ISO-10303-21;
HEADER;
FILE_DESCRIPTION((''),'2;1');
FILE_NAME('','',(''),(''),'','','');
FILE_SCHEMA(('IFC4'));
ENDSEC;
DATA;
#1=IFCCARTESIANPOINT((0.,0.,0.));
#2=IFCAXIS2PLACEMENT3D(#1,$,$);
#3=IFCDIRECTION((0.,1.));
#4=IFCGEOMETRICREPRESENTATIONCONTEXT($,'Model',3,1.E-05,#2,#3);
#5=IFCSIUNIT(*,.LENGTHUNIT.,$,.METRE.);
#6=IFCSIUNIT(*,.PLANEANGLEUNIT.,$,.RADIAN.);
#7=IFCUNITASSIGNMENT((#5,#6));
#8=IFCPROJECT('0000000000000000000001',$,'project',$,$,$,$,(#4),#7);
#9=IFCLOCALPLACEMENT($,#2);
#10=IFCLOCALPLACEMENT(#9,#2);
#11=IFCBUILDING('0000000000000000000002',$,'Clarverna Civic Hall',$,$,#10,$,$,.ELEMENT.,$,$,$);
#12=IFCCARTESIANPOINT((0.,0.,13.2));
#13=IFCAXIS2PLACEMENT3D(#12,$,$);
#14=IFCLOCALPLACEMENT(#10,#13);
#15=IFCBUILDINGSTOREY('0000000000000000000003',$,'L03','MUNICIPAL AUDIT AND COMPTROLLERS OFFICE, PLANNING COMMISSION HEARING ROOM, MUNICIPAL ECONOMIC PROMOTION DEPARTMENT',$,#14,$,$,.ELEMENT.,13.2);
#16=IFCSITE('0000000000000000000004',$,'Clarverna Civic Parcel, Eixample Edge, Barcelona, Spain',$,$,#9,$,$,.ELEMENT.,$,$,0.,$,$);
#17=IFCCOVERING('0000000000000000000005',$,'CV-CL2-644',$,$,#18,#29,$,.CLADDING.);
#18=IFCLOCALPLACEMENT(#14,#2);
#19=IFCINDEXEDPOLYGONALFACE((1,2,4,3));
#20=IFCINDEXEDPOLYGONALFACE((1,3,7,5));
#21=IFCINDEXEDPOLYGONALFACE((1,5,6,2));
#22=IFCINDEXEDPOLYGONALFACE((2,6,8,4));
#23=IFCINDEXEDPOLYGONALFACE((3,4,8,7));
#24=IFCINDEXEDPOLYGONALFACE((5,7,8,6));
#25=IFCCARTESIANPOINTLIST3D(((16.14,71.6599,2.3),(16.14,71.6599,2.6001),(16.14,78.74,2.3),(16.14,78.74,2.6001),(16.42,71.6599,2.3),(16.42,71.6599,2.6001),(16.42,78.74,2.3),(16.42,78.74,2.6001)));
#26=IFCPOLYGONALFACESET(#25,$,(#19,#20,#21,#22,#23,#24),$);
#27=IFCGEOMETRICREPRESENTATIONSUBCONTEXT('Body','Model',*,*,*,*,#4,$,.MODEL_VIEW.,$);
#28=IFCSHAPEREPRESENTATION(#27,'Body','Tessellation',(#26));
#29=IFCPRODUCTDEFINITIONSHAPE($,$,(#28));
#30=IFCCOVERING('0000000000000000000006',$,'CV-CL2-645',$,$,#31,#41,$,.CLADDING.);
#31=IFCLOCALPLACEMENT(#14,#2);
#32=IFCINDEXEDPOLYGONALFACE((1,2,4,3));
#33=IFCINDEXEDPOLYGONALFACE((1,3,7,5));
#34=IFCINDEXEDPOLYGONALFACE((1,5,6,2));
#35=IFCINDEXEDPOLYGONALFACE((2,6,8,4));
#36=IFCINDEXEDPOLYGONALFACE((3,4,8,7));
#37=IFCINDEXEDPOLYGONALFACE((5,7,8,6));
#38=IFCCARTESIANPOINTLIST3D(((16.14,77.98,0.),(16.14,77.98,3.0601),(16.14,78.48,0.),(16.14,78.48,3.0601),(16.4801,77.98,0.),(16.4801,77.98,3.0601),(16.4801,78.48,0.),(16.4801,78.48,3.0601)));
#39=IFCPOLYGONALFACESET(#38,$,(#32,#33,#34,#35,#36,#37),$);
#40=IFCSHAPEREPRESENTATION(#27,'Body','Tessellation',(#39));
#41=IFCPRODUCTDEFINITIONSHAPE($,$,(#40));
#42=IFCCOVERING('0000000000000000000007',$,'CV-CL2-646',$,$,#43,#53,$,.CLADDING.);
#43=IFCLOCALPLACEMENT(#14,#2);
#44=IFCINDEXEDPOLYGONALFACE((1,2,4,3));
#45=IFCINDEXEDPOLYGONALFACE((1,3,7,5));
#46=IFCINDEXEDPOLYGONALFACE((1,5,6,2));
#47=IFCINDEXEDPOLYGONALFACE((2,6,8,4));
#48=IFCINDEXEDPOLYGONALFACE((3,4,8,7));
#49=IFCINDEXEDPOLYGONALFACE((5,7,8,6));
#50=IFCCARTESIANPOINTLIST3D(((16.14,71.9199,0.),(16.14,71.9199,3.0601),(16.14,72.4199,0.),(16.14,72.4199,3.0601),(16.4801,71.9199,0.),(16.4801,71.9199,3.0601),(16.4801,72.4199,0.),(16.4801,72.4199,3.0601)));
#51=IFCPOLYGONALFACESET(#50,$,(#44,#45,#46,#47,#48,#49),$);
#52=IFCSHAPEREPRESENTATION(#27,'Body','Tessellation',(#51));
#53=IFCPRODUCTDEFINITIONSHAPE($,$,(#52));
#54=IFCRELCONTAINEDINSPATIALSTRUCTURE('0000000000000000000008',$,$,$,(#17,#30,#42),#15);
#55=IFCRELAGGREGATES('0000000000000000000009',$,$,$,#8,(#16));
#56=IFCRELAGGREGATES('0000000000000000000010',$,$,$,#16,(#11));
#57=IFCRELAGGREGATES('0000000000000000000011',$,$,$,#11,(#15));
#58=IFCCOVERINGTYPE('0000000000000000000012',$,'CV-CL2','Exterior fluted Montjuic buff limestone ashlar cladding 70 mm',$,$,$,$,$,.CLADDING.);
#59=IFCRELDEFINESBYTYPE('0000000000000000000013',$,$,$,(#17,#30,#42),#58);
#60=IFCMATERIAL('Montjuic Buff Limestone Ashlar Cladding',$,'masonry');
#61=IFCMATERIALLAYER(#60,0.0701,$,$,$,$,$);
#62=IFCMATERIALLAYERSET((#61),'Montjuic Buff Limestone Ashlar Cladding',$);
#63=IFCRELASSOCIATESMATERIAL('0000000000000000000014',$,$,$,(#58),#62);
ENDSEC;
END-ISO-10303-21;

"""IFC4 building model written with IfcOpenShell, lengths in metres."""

from ifc_helpers import new_model, si_unit, direction, frame, frame_2d, origin, place, context, subcontext, project, spatial, rectangle, extrude, material, layer, layer_set, type_object, element, save


model = new_model("IFC4")

# Units and contexts
model_context = context("Model", 3, precision=1e-05, world=origin(), true_north=direction((0.0, 1.0)))
body_context = subcontext(model_context, "Body", "Model", "MODEL_VIEW")
ifc_project = project(units=[si_unit("LENGTHUNIT", "METRE"), si_unit("PLANEANGLEUNIT", "RADIAN")], contexts=[model_context])

# Site, building, storey
site_placement = place(None, origin())
site = spatial("IfcSite", under=ifc_project, at=site_placement, Name="Clarverna Civic Parcel, Eixample Edge, Barcelona, Spain", CompositionType="ELEMENT", RefElevation=0.0)
building_placement = place(site_placement, origin())
building = spatial("IfcBuilding", under=site, at=building_placement, Name="Clarverna Civic Hall", CompositionType="ELEMENT")
storey_placement = place(building_placement, frame((0.0, 0.0, 13.2)))
storey = spatial("IfcBuildingStorey", under=building, at=storey_placement, Name="L03", Description="MUNICIPAL AUDIT AND COMPTROLLERS OFFICE, PLANNING COMMISSION HEARING ROOM, MUNICIPAL ECONOMIC PROMOTION DEPARTMENT", CompositionType="ELEMENT", Elevation=13.2)

# Coverings
ifc_material_1 = material(Name="Montjuic Buff Limestone Ashlar Cladding", Category="masonry")
ifc_layer_1 = layer(ifc_material_1, 0.0701)
ifc_layer_set_1 = layer_set([ifc_layer_1], Name="Montjuic Buff Limestone Ashlar Cladding")
covering_type = type_object("IfcCoveringType", Name="CV-CL2", Description="Exterior fluted Montjuic buff limestone ashlar cladding 70 mm", PredefinedType="CLADDING", material=ifc_layer_set_1)
covering_1_placement = place(storey_placement, frame((16.28, 78.74, 2.3), z_axis=(0.0, 0.0, 1.0), x_axis=(0.0, -1.0, 0.0)))
element("IfcCovering", 1, at=covering_1_placement, inside=storey, type_object=covering_type, Name="CV-CL2-644", PredefinedType="CLADDING", context=body_context, shape_type="SweptSolid", body=[
    extrude(rectangle(XDim=7.0801, YDim=0.28, at=frame_2d((3.54, 0.0))), origin(), (0.0, 0.0, 1.0), 0.3),
])
for number, where, z_axis, x_axis, name in (
    (2, (16.3101, 78.48, 0.0), (0.0, 0.0, 1.0), (0.0, -1.0, 0.0), "CV-CL2-645"),
    (3, (16.3101, 72.4199, 0.0), (0.0, 0.0, 1.0), (0.0, -1.0, 0.0), "CV-CL2-646"),
):
    element("IfcCovering", number, at=place(storey_placement, frame(where, z_axis=z_axis, x_axis=x_axis)), inside=storey, type_object=covering_type, Name=name, PredefinedType="CLADDING", context=body_context, shape_type="SweptSolid", body=[
        extrude(rectangle(XDim=0.5, YDim=0.3401, at=frame_2d((0.25, 0.0))), origin(), (0.0, 0.0, 1.0), 3.0601),
    ])

save(model, "model.ifc")
